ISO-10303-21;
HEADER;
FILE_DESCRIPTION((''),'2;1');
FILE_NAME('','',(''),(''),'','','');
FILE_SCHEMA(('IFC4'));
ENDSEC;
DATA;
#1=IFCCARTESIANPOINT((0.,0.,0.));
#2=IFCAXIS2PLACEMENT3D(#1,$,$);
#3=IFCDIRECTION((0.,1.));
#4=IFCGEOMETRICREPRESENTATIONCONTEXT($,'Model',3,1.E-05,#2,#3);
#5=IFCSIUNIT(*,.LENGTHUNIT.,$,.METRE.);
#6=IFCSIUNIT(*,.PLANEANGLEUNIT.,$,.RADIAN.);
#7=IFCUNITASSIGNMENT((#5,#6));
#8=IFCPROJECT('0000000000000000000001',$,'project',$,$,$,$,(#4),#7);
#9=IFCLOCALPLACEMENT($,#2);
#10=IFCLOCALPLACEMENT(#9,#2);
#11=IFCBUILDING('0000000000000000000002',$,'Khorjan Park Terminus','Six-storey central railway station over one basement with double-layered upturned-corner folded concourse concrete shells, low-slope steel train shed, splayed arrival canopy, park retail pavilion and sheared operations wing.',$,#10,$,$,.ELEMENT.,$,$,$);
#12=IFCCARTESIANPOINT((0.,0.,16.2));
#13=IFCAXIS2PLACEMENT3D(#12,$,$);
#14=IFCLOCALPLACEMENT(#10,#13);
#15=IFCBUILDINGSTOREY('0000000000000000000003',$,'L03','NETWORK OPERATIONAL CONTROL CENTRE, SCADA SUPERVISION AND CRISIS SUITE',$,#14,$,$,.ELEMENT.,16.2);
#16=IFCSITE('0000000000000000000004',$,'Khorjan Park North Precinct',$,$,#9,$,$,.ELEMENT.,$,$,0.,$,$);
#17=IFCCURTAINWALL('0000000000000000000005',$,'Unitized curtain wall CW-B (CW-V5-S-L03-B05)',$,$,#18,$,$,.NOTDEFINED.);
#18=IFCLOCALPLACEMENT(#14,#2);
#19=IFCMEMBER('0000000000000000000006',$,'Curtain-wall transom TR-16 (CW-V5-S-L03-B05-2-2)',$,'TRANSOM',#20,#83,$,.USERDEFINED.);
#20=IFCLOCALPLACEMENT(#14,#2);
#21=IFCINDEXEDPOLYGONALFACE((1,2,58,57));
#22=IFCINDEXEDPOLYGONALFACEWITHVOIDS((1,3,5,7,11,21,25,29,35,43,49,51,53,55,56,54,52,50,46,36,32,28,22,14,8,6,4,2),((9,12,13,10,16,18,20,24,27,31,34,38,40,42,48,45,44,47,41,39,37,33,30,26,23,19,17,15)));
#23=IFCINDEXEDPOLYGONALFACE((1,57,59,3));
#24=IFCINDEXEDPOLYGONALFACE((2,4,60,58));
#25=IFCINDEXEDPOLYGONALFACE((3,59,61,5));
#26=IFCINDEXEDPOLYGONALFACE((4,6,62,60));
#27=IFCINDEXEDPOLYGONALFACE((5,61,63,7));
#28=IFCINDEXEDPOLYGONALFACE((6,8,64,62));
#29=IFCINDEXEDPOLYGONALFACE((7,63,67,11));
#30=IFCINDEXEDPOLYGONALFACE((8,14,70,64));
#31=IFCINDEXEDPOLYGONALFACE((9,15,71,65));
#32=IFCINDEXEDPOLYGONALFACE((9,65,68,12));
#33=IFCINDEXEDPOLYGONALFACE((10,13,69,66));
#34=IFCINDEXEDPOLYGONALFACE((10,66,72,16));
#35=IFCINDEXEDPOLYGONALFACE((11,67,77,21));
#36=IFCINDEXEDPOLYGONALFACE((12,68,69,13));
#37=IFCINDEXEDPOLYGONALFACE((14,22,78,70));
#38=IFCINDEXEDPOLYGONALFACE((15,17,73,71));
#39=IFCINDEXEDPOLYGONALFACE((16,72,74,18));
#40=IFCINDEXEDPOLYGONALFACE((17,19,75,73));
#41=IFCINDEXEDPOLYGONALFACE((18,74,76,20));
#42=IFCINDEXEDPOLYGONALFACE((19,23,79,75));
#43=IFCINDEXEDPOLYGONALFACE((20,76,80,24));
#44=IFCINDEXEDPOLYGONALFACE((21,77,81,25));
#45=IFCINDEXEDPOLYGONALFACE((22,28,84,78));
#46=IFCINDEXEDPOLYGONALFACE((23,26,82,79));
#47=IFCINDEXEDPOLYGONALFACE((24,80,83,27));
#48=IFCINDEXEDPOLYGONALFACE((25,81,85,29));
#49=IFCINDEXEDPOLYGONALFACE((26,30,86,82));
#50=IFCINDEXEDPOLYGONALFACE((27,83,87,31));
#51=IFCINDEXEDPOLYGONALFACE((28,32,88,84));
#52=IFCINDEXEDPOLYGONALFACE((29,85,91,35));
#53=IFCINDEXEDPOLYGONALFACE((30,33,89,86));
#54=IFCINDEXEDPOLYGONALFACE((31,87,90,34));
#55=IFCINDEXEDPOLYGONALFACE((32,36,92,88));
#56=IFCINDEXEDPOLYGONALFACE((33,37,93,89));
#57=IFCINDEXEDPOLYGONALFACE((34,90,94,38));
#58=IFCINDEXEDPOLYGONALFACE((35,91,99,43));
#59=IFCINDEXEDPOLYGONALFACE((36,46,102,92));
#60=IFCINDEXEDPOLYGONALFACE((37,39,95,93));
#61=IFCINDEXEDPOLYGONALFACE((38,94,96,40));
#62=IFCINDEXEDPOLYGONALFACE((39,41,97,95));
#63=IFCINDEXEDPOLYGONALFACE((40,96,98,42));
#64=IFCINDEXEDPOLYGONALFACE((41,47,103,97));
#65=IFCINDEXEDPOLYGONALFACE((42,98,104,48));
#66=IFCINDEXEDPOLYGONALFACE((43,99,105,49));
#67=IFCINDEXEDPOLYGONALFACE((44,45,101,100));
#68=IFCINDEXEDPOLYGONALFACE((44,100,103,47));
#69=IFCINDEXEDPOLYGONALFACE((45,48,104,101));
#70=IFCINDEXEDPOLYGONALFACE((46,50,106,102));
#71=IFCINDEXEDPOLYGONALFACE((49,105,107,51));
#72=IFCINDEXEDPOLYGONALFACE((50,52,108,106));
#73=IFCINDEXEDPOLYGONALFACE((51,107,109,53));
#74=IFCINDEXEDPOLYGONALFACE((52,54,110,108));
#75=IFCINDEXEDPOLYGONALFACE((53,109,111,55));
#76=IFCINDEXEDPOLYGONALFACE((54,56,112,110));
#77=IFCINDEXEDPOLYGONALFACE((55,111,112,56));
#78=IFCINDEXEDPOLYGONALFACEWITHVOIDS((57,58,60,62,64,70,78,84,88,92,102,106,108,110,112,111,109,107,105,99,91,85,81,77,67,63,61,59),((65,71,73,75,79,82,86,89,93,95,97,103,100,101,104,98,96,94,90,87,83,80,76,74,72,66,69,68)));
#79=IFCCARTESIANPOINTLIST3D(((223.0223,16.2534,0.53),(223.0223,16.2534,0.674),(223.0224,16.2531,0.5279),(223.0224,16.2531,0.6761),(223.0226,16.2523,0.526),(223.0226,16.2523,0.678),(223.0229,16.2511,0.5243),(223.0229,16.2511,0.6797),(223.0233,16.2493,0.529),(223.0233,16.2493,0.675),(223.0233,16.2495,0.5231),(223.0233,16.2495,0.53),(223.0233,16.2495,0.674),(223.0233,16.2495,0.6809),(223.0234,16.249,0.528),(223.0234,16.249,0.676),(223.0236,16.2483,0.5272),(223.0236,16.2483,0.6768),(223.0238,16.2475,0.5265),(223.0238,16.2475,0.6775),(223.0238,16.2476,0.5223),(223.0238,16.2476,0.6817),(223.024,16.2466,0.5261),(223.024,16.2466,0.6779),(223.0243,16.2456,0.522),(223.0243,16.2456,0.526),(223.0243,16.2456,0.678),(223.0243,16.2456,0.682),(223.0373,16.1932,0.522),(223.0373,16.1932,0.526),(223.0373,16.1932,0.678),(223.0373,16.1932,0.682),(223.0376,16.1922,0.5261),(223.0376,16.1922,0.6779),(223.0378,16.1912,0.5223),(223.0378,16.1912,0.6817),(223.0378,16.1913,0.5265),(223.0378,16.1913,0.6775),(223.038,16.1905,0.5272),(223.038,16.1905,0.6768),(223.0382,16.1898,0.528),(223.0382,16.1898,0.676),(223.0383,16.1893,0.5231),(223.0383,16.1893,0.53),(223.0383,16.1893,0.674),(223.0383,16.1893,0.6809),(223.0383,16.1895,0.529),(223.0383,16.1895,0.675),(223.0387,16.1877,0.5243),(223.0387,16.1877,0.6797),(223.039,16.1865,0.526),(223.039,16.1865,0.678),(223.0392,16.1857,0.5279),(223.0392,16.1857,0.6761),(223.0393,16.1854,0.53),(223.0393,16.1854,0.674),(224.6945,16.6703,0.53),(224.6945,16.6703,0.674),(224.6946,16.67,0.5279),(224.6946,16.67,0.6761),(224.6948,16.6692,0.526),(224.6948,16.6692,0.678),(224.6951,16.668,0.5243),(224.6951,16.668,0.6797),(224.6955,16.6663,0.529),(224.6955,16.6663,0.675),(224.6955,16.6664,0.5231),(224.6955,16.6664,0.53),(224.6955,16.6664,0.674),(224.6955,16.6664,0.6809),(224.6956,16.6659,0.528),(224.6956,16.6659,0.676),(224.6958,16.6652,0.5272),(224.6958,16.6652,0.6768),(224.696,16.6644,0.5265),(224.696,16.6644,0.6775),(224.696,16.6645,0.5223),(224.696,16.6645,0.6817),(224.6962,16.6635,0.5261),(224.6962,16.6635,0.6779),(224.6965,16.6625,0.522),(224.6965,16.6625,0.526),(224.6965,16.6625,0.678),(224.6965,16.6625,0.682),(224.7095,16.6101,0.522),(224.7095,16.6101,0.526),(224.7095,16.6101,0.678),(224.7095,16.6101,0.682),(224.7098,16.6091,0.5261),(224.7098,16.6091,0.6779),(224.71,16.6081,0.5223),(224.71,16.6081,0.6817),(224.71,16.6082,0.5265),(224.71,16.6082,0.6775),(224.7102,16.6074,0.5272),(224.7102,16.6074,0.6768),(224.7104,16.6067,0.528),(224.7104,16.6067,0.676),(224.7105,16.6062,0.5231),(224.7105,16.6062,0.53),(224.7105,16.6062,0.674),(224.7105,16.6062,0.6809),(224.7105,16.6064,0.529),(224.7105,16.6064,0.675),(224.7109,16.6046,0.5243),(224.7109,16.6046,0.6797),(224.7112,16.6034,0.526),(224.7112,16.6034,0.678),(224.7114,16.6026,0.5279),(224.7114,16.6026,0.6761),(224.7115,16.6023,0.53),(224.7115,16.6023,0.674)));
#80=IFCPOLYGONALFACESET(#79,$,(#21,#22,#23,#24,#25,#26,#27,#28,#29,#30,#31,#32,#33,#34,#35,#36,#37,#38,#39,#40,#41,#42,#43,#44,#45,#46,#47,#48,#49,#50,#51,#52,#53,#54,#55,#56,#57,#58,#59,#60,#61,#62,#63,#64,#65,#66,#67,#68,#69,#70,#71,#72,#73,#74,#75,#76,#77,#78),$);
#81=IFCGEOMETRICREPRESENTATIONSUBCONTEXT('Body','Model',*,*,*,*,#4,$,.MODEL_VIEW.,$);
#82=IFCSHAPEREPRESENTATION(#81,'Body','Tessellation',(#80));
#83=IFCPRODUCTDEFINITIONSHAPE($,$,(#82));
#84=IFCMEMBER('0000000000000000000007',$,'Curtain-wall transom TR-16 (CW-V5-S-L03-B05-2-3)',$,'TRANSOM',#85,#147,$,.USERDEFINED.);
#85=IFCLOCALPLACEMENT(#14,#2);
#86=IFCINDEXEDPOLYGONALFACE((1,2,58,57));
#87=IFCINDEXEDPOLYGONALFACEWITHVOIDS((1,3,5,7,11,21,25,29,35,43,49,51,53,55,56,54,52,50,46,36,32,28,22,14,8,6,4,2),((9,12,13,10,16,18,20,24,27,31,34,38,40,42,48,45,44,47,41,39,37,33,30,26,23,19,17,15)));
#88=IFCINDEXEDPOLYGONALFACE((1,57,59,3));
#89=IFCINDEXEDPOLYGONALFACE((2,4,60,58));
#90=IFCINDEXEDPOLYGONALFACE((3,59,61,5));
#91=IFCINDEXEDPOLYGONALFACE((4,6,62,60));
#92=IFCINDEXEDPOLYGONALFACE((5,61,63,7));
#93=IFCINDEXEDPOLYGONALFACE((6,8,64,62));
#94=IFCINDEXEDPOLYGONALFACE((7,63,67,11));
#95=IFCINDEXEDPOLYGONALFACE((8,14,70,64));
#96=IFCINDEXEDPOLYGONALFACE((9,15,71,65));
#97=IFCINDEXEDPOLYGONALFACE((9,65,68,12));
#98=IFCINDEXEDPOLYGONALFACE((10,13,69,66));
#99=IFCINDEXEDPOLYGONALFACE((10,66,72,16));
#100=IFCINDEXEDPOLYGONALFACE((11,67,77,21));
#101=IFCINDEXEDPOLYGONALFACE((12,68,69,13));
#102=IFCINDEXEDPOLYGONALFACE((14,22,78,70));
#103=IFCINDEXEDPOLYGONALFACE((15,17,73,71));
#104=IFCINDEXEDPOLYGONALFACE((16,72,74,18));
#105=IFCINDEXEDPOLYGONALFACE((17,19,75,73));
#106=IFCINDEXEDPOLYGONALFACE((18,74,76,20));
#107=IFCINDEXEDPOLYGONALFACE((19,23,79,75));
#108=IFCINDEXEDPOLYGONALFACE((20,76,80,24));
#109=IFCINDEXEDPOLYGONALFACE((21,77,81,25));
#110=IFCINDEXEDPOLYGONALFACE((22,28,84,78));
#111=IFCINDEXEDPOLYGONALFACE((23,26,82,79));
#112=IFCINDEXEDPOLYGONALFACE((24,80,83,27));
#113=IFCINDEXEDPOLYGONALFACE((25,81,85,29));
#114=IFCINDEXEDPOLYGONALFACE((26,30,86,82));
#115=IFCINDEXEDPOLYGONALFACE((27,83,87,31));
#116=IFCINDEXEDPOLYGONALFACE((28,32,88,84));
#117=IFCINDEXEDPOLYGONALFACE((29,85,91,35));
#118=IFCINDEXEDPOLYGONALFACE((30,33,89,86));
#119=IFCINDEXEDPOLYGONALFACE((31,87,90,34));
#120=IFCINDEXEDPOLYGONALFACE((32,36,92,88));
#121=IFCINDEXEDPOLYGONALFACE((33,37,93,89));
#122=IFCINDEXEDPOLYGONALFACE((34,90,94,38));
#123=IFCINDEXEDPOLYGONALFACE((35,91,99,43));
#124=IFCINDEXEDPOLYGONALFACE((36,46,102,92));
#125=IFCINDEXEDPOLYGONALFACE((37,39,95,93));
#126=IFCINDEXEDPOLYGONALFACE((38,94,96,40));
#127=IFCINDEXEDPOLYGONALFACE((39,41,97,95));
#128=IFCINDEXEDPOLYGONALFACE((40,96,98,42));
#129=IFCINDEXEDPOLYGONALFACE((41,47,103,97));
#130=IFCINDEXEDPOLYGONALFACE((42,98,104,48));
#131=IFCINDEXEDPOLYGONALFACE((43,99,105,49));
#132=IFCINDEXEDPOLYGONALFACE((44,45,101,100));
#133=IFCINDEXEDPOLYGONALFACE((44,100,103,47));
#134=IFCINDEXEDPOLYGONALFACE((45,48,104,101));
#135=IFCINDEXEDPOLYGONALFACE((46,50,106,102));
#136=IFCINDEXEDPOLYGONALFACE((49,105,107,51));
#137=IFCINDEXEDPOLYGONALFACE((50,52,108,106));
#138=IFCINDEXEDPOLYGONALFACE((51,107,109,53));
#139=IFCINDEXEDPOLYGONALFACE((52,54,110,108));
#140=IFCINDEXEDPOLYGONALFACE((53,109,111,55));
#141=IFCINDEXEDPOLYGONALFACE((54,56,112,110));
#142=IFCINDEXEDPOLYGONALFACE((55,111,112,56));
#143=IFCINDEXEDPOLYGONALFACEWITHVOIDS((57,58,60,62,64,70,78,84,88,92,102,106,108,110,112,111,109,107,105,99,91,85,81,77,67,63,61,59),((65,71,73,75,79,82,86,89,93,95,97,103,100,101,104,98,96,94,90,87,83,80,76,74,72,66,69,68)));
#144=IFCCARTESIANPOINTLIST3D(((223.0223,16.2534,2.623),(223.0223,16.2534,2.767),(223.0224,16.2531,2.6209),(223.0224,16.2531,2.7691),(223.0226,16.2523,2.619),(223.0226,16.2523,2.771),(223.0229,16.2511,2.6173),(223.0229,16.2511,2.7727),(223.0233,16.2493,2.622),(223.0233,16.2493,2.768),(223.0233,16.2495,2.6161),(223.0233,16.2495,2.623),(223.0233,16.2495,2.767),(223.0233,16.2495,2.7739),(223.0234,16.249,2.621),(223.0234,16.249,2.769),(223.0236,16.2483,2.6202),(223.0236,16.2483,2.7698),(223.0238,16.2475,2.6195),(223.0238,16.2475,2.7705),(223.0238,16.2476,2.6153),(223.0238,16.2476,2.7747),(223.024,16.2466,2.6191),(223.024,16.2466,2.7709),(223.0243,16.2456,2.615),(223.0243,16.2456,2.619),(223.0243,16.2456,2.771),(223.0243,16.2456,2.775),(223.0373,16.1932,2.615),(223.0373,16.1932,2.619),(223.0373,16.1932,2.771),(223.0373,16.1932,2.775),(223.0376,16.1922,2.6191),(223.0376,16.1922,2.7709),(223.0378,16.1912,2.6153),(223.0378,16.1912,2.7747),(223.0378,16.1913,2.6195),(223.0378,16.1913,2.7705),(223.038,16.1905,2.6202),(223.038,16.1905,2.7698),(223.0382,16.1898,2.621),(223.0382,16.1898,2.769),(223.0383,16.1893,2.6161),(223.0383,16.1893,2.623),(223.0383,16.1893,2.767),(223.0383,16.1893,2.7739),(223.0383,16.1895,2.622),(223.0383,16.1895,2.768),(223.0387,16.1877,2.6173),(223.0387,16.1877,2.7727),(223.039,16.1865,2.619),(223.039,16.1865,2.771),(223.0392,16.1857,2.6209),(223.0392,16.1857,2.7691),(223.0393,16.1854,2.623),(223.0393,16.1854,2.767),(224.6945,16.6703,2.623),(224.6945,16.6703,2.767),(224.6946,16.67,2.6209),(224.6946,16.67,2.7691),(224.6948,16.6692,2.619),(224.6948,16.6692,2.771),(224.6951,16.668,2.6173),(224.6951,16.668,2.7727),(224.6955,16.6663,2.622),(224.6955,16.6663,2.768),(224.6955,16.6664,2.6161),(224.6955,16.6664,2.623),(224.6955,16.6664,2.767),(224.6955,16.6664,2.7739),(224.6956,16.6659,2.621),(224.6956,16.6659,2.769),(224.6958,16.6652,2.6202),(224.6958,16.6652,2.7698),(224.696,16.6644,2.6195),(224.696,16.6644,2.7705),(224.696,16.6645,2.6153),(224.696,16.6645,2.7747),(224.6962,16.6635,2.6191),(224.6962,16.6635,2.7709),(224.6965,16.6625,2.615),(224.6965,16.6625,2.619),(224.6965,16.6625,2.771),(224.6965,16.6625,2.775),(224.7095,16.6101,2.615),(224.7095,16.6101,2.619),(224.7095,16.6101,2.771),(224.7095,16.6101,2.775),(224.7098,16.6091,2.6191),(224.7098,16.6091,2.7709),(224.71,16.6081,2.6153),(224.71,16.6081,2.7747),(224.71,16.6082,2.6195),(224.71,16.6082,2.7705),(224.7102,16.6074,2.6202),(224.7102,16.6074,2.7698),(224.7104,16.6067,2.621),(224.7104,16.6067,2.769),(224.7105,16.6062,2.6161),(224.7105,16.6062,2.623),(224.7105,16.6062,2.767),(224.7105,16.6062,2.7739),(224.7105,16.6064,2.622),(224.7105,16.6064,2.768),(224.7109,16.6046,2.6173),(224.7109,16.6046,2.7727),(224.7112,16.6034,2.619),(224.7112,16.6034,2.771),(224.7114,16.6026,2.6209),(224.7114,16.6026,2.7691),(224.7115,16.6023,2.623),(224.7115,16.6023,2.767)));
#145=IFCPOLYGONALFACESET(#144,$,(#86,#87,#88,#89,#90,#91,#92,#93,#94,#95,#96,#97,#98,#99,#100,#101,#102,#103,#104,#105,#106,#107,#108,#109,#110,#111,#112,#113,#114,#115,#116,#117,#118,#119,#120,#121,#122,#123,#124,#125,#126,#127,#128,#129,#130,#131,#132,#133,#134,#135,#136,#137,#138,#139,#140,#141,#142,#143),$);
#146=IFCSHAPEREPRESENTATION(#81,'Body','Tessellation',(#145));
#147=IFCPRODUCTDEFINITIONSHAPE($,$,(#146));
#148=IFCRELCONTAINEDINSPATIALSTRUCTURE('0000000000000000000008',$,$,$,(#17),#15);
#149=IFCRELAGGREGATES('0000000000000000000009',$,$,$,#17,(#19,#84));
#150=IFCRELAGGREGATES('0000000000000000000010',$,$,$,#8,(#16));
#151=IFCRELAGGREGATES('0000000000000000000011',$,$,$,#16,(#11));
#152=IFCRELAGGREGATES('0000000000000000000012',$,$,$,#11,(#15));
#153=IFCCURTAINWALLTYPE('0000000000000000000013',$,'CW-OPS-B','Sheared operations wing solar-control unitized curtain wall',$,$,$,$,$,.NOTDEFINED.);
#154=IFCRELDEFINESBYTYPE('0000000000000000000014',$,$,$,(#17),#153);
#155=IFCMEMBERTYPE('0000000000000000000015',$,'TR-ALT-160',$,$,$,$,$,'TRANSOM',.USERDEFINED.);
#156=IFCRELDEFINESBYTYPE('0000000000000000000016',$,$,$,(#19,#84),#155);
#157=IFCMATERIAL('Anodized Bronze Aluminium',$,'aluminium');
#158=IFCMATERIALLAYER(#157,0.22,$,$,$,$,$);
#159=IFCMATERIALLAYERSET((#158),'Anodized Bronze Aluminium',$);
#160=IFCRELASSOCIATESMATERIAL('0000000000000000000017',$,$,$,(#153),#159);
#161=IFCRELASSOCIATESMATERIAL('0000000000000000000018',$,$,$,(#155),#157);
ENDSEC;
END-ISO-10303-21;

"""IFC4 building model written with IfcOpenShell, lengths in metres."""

from ifc_helpers import new_model, si_unit, direction, frame, origin, origin_2d, place, context, subcontext, project, spatial, hollow_rectangle, extrude, material, layer, layer_set, material_profile, profile_set, type_object, element, aggregate, save


model = new_model("IFC4")

# Units and contexts
model_context = context("Model", 3, precision=1e-05, world=origin(), true_north=direction((0.0, 1.0)))
body_context = subcontext(model_context, "Body", "Model", "MODEL_VIEW")
ifc_project = project(units=[si_unit("LENGTHUNIT", "METRE"), si_unit("PLANEANGLEUNIT", "RADIAN")], contexts=[model_context])

# Site, building, storey
site_placement = place(None, origin())
site = spatial("IfcSite", under=ifc_project, at=site_placement, Name="Khorjan Park North Precinct", CompositionType="ELEMENT", RefElevation=0.0)
building_placement = place(site_placement, origin())
building = spatial("IfcBuilding", under=site, at=building_placement, Name="Khorjan Park Terminus", Description="Six-storey central railway station over one basement with double-layered upturned-corner folded concourse concrete shells, low-slope steel train shed, splayed arrival canopy, park retail pavilion and sheared operations wing.", CompositionType="ELEMENT")
storey_placement = place(building_placement, frame((0.0, 0.0, 16.2)))
storey = spatial("IfcBuildingStorey", under=building, at=storey_placement, Name="L03", Description="NETWORK OPERATIONAL CONTROL CENTRE, SCADA SUPERVISION AND CRISIS SUITE", CompositionType="ELEMENT", Elevation=16.2)

# Curtain wall, members
ifc_material_1 = material(Name="Anodized Bronze Aluminium", Category="aluminium")
ifc_layer_1 = layer(ifc_material_1, 0.22)
ifc_layer_set_1 = layer_set([ifc_layer_1], Name="Anodized Bronze Aluminium")
curtain_wall_type = type_object("IfcCurtainWallType", Name="CW-OPS-B", Description="Sheared operations wing solar-control unitized curtain wall", PredefinedType="NOTDEFINED", material=ifc_layer_set_1)
curtain_wall_placement = place(storey_placement, origin())
curtain_wall = element("IfcCurtainWall", 1, at=curtain_wall_placement, inside=storey, type_object=curtain_wall_type, Name="Unitized curtain wall CW-B (CW-V5-S-L03-B05)", PredefinedType="NOTDEFINED")
ifc_material_profile_1 = material_profile(ifc_material_1, hollow_rectangle(XDim=0.07, YDim=0.16, WallThickness=0.004, InnerFilletRadius=0.004, OuterFilletRadius=0.008, at=origin_2d()), Name="ALT 70x160x4")
ifc_profile_set_1 = profile_set([ifc_material_profile_1], Name="Anodized Bronze Aluminium")
member_type_1 = type_object("IfcMemberType", Name="TR-ALT-160", ElementType="TRANSOM", PredefinedType="USERDEFINED", material=ifc_profile_set_1)
member_1_placement = place(storey_placement, frame((223.0308, 16.2194, 0.602), z_axis=(0.970299, 0.241908, 0.0), x_axis=(-0.241908, 0.970299, 0.0)))
member_1 = element("IfcMember", 2, at=member_1_placement, type_object=member_type_1, Name="Curtain-wall transom TR-16 (CW-V5-S-L03-B05-2-2)", ObjectType="TRANSOM", PredefinedType="USERDEFINED", context=body_context, shape_type="SweptSolid", body=[
    extrude(hollow_rectangle(XDim=0.07, YDim=0.16, WallThickness=0.004, InnerFilletRadius=0.004, OuterFilletRadius=0.008, at=origin_2d()), origin(), (0.0, 0.0, 1.0), 1.7234),
])
member_2_placement = place(storey_placement, frame((223.0308, 16.2194, 2.695), z_axis=(0.970299, 0.241908, 0.0), x_axis=(-0.241908, 0.970299, 0.0)))
member_2 = element("IfcMember", 3, at=member_2_placement, type_object=member_type_1, Name="Curtain-wall transom TR-16 (CW-V5-S-L03-B05-2-3)", ObjectType="TRANSOM", PredefinedType="USERDEFINED", context=body_context, shape_type="SweptSolid", body=[
    extrude(hollow_rectangle(XDim=0.07, YDim=0.16, WallThickness=0.004, InnerFilletRadius=0.004, OuterFilletRadius=0.008, at=origin_2d()), origin(), (0.0, 0.0, 1.0), 1.7234),
])
aggregate(curtain_wall, [member_1, member_2])

save(model, "model.ifc")
